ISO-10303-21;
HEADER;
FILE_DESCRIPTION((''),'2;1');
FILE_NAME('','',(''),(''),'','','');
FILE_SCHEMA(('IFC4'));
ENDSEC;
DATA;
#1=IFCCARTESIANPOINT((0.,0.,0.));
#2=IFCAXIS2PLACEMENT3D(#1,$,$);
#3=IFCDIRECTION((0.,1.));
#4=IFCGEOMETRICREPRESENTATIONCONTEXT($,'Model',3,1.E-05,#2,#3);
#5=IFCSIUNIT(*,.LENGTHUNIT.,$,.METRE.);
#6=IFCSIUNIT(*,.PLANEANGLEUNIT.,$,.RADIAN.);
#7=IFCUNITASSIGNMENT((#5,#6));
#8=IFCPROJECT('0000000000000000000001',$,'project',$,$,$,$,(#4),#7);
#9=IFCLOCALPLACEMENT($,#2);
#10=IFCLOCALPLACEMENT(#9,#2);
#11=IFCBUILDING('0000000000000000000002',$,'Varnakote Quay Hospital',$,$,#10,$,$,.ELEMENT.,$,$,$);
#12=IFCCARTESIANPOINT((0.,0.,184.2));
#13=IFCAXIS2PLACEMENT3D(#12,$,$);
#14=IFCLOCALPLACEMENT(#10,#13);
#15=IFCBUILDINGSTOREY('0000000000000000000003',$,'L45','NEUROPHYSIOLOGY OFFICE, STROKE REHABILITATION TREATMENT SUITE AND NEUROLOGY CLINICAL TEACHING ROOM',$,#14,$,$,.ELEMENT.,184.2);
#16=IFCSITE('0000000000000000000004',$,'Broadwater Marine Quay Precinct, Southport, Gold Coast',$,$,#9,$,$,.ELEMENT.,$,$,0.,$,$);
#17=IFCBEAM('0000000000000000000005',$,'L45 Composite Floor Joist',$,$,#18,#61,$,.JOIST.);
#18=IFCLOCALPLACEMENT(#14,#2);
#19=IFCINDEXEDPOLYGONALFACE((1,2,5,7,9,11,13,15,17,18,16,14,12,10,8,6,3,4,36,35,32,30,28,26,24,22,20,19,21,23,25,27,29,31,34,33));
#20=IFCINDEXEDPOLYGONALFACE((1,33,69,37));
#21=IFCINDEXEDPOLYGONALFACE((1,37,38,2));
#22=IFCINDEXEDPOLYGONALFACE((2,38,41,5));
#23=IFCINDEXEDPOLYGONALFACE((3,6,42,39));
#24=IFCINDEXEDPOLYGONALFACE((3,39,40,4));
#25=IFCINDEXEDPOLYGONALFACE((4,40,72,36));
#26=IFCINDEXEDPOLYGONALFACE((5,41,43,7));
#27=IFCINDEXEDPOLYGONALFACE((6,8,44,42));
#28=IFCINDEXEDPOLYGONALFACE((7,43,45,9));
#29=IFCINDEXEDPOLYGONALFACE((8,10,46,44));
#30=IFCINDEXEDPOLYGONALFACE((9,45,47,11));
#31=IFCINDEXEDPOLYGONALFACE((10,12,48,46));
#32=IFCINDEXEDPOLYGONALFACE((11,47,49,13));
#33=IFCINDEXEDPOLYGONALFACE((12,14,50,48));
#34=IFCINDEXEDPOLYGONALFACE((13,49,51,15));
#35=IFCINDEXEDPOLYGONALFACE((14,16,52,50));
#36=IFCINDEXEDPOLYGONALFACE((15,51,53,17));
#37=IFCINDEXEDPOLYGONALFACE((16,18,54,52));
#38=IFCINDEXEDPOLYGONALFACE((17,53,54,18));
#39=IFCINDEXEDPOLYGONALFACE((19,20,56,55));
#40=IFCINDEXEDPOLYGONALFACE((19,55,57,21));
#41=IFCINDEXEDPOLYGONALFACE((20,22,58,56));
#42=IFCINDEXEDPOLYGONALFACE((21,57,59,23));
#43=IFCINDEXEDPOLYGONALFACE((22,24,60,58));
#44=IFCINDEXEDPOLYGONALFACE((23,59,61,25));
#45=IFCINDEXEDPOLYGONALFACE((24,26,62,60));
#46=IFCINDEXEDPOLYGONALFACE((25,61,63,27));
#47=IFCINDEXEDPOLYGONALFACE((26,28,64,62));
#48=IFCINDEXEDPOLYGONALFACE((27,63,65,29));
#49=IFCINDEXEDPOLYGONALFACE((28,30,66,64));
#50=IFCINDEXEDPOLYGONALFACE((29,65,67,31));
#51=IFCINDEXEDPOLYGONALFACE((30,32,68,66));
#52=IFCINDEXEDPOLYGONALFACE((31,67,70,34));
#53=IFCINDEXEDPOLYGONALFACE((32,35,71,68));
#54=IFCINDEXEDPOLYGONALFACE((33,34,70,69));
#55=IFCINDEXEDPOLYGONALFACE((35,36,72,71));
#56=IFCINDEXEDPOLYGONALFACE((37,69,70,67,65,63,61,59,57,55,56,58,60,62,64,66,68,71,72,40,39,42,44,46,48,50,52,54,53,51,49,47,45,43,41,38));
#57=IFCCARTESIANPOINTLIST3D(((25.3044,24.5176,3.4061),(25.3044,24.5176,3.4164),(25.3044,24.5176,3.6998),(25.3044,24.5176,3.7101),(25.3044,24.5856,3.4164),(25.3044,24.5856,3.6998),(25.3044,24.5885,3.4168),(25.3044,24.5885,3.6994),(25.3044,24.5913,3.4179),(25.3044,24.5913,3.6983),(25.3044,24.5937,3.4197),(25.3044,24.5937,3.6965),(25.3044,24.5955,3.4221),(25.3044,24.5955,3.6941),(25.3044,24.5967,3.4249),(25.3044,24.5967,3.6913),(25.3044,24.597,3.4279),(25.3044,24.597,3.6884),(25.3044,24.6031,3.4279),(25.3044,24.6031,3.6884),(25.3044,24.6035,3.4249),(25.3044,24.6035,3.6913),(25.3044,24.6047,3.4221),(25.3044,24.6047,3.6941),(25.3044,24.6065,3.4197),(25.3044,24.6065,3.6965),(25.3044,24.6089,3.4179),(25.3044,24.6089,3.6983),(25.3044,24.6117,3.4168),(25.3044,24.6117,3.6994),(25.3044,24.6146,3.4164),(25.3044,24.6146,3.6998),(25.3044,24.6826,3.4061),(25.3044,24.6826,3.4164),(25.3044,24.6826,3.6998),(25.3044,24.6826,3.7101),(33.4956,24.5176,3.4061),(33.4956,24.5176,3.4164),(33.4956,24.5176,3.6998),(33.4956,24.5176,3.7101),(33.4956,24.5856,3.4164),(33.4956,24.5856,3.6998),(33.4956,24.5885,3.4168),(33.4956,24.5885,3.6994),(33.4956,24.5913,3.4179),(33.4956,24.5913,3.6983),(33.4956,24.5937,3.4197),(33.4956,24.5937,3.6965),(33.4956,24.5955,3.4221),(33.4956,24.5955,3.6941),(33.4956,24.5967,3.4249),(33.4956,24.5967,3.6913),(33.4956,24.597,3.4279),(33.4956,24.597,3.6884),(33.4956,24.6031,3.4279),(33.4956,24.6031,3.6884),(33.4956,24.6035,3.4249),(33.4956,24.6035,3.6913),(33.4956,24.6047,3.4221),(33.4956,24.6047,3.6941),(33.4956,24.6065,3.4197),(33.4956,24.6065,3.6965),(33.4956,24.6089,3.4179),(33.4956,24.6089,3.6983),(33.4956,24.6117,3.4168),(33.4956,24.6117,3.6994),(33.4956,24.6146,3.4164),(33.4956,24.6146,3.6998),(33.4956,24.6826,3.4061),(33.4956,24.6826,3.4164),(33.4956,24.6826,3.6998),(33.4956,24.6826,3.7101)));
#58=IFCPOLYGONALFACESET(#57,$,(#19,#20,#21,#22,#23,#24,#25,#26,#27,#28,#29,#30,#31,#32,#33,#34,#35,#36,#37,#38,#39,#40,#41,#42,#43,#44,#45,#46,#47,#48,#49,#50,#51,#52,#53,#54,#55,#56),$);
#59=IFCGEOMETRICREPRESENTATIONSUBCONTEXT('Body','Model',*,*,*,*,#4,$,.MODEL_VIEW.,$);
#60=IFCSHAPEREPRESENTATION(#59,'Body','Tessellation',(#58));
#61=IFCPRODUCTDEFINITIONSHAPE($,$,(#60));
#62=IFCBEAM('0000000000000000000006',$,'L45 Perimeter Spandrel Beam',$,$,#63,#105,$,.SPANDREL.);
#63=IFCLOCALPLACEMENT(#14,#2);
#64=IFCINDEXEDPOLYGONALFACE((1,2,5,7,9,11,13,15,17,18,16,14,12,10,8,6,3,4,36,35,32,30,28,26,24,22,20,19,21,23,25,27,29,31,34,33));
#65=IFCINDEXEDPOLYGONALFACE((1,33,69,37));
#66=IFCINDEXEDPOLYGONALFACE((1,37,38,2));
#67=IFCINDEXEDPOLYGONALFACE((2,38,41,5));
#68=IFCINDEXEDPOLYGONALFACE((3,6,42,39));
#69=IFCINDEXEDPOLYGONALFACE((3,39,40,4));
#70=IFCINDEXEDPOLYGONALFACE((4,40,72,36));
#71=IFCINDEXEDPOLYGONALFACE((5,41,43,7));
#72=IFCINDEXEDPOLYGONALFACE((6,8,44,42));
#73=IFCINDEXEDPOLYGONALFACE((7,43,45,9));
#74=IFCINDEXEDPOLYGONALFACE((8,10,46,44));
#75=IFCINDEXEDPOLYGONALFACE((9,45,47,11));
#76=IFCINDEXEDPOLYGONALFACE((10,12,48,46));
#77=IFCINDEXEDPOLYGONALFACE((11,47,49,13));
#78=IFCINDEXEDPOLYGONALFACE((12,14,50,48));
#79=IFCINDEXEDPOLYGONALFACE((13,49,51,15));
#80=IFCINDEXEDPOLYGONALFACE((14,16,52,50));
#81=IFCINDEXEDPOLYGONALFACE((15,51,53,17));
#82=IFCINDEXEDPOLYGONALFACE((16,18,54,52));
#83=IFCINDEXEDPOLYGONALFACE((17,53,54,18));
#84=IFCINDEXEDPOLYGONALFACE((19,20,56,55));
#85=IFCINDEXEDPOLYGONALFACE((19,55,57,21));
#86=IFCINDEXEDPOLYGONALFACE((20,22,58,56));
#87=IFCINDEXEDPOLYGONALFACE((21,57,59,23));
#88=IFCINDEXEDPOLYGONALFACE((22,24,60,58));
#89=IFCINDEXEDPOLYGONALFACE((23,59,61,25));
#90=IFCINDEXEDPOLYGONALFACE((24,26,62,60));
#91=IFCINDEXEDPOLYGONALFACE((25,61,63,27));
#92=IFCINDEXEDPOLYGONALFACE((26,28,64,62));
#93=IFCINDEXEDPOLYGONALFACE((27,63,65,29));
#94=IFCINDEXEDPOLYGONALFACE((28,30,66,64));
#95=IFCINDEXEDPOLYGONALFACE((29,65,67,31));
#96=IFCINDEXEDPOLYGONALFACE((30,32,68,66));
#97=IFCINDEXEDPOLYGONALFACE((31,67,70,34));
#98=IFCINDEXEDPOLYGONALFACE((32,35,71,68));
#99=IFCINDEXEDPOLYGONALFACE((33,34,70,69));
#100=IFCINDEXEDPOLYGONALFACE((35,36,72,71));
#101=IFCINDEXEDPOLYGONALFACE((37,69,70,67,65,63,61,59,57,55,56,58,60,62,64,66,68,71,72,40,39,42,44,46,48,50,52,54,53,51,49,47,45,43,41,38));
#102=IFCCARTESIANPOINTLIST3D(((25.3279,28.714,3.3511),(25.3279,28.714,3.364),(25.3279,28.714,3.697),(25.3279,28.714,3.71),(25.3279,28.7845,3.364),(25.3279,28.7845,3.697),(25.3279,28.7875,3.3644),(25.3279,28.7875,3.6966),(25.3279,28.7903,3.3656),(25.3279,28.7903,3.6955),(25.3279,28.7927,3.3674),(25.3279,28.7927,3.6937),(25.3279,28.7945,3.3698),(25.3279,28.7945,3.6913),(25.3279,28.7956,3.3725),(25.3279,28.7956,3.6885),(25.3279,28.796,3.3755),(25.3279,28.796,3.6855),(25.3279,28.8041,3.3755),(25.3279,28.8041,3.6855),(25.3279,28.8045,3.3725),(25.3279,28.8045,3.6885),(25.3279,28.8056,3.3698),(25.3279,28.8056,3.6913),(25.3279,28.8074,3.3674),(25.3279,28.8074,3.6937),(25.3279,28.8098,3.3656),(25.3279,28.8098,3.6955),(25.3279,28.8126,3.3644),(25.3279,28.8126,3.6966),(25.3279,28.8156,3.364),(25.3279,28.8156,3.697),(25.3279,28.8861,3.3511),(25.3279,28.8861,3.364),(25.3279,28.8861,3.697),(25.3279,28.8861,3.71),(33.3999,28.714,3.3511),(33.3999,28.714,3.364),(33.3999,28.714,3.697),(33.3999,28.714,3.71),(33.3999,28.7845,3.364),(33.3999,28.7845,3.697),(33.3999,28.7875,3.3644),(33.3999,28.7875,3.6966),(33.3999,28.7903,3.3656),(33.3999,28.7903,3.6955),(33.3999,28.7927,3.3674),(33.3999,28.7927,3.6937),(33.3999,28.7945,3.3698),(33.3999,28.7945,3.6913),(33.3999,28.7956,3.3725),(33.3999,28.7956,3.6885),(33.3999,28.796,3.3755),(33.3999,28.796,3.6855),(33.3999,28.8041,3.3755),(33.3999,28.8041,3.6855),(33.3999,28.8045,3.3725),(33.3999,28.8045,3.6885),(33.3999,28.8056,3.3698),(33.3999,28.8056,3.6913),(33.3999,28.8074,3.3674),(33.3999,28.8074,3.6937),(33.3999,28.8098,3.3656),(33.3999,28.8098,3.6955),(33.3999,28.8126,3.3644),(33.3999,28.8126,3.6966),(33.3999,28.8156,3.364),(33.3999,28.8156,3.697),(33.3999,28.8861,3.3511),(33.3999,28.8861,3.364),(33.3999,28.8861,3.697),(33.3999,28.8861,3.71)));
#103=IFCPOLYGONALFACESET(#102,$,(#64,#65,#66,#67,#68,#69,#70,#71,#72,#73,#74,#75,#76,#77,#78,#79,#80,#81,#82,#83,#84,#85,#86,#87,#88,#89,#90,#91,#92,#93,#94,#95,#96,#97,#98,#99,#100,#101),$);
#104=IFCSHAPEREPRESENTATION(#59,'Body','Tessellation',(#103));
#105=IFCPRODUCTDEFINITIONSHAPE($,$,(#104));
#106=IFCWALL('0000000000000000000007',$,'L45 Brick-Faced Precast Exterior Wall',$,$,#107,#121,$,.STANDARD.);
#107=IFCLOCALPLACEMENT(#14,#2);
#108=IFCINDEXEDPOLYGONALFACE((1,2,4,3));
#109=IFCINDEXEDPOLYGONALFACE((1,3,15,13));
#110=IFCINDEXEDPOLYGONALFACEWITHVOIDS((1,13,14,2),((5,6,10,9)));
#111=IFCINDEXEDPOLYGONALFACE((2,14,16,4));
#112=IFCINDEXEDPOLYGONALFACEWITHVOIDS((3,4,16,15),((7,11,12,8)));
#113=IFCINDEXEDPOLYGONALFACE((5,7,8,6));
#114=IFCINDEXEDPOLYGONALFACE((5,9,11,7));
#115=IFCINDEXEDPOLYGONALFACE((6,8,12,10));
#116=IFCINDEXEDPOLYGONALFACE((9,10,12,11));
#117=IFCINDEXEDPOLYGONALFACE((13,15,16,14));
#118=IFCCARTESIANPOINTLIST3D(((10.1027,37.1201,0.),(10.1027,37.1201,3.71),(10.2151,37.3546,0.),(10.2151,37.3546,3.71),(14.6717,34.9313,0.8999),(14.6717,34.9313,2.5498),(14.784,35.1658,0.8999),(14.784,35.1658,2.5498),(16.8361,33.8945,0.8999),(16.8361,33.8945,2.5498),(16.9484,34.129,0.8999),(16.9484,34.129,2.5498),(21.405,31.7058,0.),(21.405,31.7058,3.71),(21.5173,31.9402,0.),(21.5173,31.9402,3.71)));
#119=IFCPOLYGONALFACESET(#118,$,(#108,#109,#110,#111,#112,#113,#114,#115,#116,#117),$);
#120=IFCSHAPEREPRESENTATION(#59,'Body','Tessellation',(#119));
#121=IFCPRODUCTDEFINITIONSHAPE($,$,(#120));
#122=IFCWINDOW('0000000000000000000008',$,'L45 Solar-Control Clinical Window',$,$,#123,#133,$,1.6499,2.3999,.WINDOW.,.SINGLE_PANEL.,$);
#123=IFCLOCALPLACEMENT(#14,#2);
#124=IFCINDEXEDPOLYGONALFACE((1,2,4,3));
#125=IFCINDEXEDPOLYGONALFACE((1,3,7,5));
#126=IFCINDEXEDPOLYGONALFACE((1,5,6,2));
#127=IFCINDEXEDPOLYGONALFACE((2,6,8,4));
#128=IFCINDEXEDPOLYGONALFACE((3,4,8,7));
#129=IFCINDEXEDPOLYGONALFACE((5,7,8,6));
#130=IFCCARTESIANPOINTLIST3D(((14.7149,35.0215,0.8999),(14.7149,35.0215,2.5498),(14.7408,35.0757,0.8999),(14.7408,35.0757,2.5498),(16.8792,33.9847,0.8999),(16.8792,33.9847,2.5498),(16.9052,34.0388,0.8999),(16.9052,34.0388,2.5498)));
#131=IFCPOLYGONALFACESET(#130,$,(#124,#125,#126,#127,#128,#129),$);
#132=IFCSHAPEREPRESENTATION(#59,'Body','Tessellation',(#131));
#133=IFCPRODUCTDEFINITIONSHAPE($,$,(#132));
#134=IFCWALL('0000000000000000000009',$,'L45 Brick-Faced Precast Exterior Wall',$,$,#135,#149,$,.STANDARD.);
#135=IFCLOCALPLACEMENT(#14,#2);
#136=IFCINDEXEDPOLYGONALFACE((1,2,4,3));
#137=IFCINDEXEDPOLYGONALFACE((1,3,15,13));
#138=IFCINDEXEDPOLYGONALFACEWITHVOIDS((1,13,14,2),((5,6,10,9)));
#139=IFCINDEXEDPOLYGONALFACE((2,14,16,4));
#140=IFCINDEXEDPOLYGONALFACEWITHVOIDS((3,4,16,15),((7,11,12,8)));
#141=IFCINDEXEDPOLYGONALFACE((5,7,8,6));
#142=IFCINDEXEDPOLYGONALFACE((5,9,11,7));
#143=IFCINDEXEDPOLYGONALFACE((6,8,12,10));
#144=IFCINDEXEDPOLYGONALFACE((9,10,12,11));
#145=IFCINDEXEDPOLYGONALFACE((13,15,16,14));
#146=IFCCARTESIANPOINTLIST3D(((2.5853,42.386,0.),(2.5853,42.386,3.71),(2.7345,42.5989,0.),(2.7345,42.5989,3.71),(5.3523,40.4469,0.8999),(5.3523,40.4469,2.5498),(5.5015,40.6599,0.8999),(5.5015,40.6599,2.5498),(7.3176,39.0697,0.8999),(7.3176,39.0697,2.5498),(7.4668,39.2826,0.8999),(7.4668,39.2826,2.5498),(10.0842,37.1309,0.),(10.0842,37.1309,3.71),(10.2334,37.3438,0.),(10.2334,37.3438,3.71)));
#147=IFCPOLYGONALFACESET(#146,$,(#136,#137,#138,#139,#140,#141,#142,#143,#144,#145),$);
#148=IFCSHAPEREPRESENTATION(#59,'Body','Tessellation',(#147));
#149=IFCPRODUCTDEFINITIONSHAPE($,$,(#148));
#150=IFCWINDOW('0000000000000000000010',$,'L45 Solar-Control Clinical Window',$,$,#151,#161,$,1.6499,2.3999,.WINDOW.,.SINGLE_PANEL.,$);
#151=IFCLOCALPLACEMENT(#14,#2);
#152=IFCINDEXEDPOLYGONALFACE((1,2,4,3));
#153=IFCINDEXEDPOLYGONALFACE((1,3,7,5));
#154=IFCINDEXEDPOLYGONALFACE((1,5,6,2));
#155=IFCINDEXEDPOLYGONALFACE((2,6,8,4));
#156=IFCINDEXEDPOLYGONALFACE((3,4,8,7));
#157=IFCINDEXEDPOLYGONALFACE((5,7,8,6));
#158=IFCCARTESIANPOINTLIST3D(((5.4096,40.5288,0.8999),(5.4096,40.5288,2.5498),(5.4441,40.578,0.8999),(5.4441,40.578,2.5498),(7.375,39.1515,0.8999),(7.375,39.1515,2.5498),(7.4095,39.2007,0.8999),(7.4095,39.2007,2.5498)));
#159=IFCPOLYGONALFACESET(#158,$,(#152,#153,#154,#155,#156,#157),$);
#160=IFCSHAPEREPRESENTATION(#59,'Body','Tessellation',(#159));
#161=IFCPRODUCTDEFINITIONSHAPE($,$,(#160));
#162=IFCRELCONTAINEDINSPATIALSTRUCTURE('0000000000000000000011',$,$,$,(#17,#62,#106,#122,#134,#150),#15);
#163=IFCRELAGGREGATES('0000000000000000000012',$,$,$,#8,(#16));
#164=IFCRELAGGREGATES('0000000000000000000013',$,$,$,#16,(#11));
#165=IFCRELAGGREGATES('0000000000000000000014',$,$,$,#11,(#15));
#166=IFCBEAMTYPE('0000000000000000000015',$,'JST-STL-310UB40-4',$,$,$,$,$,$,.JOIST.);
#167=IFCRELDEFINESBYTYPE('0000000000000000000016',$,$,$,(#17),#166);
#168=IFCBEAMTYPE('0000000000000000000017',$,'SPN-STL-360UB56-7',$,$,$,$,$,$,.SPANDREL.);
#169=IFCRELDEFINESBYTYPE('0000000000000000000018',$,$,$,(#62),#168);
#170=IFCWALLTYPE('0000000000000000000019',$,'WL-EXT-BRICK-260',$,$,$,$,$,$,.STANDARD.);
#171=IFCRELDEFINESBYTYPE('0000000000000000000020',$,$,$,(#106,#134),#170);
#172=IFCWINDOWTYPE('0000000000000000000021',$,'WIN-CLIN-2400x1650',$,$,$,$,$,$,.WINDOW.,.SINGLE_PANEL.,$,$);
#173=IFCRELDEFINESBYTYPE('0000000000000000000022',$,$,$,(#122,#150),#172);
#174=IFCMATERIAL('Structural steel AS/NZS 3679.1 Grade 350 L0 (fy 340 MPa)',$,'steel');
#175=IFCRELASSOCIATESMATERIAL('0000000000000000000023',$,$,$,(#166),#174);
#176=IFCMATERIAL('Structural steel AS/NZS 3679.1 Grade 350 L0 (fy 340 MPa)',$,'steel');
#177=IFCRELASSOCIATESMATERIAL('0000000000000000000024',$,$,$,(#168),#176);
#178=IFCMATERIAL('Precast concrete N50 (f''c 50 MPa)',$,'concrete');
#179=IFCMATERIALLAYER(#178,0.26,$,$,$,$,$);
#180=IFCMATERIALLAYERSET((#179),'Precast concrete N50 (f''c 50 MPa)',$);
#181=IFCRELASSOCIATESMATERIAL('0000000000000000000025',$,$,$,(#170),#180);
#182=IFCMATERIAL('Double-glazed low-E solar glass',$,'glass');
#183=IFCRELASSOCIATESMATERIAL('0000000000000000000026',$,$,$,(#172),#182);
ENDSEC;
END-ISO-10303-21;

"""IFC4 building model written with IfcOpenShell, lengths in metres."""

from ifc_helpers import new_model, si_unit, direction, frame, frame_2d, origin, origin_2d, place, context, subcontext, project, spatial, rectangle, i_section, extrude, material, layer, layer_set, material_profile, profile_set, type_object, element, fill, save


model = new_model("IFC4")

# Units and contexts
model_context = context("Model", 3, precision=1e-05, world=origin(), true_north=direction((0.0, 1.0)))
body_context = subcontext(model_context, "Body", "Model", "MODEL_VIEW")
ifc_project = project(units=[si_unit("LENGTHUNIT", "METRE"), si_unit("PLANEANGLEUNIT", "RADIAN")], contexts=[model_context])

# Site, building, storey
site_placement = place(None, origin())
site = spatial("IfcSite", under=ifc_project, at=site_placement, Name="Broadwater Marine Quay Precinct, Southport, Gold Coast", CompositionType="ELEMENT", RefElevation=0.0)
building_placement = place(site_placement, origin())
building = spatial("IfcBuilding", under=site, at=building_placement, Name="Varnakote Quay Hospital", CompositionType="ELEMENT")
storey_placement = place(building_placement, frame((0.0, 0.0, 184.2)))
storey = spatial("IfcBuildingStorey", under=building, at=storey_placement, Name="L45", Description="NEUROPHYSIOLOGY OFFICE, STROKE REHABILITATION TREATMENT SUITE AND NEUROLOGY CLINICAL TEACHING ROOM", CompositionType="ELEMENT", Elevation=184.2)

# Beams
ifc_material_1 = material(Name="Structural steel AS/NZS 3679.1 Grade 350 L0 (fy 340 MPa)", Category="steel")
ifc_material_profile_1 = material_profile(ifc_material_1, i_section(OverallWidth=0.165, OverallDepth=0.304, WebThickness=0.0061, FlangeThickness=0.0103, FilletRadius=0.0115, at=origin_2d()), Name="310UB40.4")
ifc_profile_set_1 = profile_set([ifc_material_profile_1], Name="Structural steel AS/NZS 3679.1 Grade 350 L0 (fy 340 MPa)")
beam_type_1 = type_object("IfcBeamType", Name="JST-STL-310UB40-4", PredefinedType="JOIST", material=ifc_profile_set_1)
beam_1_placement = place(storey_placement, frame((25.3044, 24.6001, 3.5581), z_axis=(1.0, 0.0, 0.0), x_axis=(0.0, 1.0, 0.0)))
element("IfcBeam", 1, at=beam_1_placement, inside=storey, type_object=beam_type_1, Name="L45 Composite Floor Joist", PredefinedType="JOIST", context=body_context, shape_type="SweptSolid", body=[
    extrude(i_section(OverallWidth=0.165, OverallDepth=0.304, WebThickness=0.0061, FlangeThickness=0.0103, FilletRadius=0.0115, at=origin_2d()), origin(), (0.0, 0.0, 1.0), 8.1912),
])
ifc_material_2 = material(Name="Structural steel AS/NZS 3679.1 Grade 350 L0 (fy 340 MPa)", Category="steel")
ifc_material_profile_2 = material_profile(ifc_material_2, i_section(OverallWidth=0.1721, OverallDepth=0.3589, WebThickness=0.0081, FlangeThickness=0.0129, FilletRadius=0.0115, at=origin_2d()), Name="360UB56.7")
ifc_profile_set_2 = profile_set([ifc_material_profile_2], Name="Structural steel AS/NZS 3679.1 Grade 350 L0 (fy 340 MPa)")
beam_type_2 = type_object("IfcBeamType", Name="SPN-STL-360UB56-7", PredefinedType="SPANDREL", material=ifc_profile_set_2)
beam_2_placement = place(storey_placement, frame((25.3279, 28.8, 3.5305), z_axis=(1.0, 0.0, 0.0), x_axis=(0.0, 1.0, 0.0)))
element("IfcBeam", 2, at=beam_2_placement, inside=storey, type_object=beam_type_2, Name="L45 Perimeter Spandrel Beam", PredefinedType="SPANDREL", context=body_context, shape_type="SweptSolid", body=[
    extrude(i_section(OverallWidth=0.1721, OverallDepth=0.3589, WebThickness=0.0081, FlangeThickness=0.0129, FilletRadius=0.0115, at=origin_2d()), origin(), (0.0, 0.0, 1.0), 8.072),
])

# Walls, openings, windows
ifc_material_3 = material(Name="Precast concrete N50 (f'c 50 MPa)", Category="concrete")
ifc_layer_1 = layer(ifc_material_3, 0.26)
ifc_layer_set_1 = layer_set([ifc_layer_1], Name="Precast concrete N50 (f'c 50 MPa)")
wall_type_1 = type_object("IfcWallType", Name="WL-EXT-BRICK-260", PredefinedType="STANDARD", material=ifc_layer_set_1)
wall_1_placement = place(storey_placement, frame((21.4612, 31.823, 0.0), z_axis=(0.0, 0.0, 1.0), x_axis=(-0.901858, 0.432032, 0.0)))
wall_1 = element("IfcWall", 3, at=wall_1_placement, inside=storey, type_object=wall_type_1, Name="L45 Brick-Faced Precast Exterior Wall", PredefinedType="STANDARD", context=body_context, shape_type="SweptSolid", body=[
    extrude(rectangle(XDim=12.5322, YDim=0.26, at=frame_2d((6.2661, 0.0))), origin(), (0.0, 0.0, 1.0), 3.71),
])
opening_1_placement = place(wall_1_placement, frame((5.0662, 0.0, 0.8999)))
opening_1 = element("IfcOpeningElement", 4, at=opening_1_placement, cuts=wall_1, PredefinedType="OPENING", context=body_context, shape_type="SweptSolid", body=[
    extrude(rectangle(XDim=2.3999, YDim=1.6499, at=frame_2d((1.2, 0.825))), frame((0.0, 0.1399, 0.0), z_axis=(0.0, -1.0, 0.0), x_axis=(1.0, 0.0, 0.0)), (0.0, 0.0, 1.0), 0.28),
])
ifc_material_4 = material(Name="Double-glazed low-E solar glass", Category="glass")
window_type = type_object("IfcWindowType", Name="WIN-CLIN-2400x1650", PartitioningType="SINGLE_PANEL", PredefinedType="WINDOW", material=ifc_material_4)
window_1_placement = place(opening_1_placement, origin())
window_1 = element("IfcWindow", 5, at=window_1_placement, inside=storey, type_object=window_type, Name="L45 Solar-Control Clinical Window", OverallHeight=1.6499, OverallWidth=2.3999, PartitioningType="SINGLE_PANEL", PredefinedType="WINDOW", context=body_context, shape_type="SweptSolid", body=[
    extrude(rectangle(XDim=2.3999, YDim=1.6499, at=frame_2d((1.2, 0.825))), frame((0.0, 0.03, 0.0), z_axis=(0.0, -1.0, 0.0), x_axis=(1.0, 0.0, 0.0)), (0.0, 0.0, 1.0), 0.0601),
])
fill(opening_1, window_1)
wall_2_placement = place(storey_placement, frame((10.1589, 37.2373, 0.0), z_axis=(0.0, 0.0, 1.0), x_axis=(-0.818934, 0.573888, 0.0)))
wall_2 = element("IfcWall", 6, at=wall_2_placement, inside=storey, type_object=wall_type_1, Name="L45 Brick-Faced Precast Exterior Wall", PredefinedType="STANDARD", context=body_context, shape_type="SweptSolid", body=[
    extrude(rectangle(XDim=9.157, YDim=0.26, at=frame_2d((4.5786, 0.0))), origin(), (0.0, 0.0, 1.0), 3.71),
])
opening_2_placement = place(wall_2_placement, frame((3.3784, 0.0, 0.8999)))
opening_2 = element("IfcOpeningElement", 7, at=opening_2_placement, cuts=wall_2, PredefinedType="OPENING", context=body_context, shape_type="SweptSolid", body=[
    extrude(rectangle(XDim=2.3999, YDim=1.6499, at=frame_2d((1.2, 0.825))), frame((0.0, 0.1399, 0.0), z_axis=(0.0, -1.0, 0.0), x_axis=(1.0, 0.0, 0.0)), (0.0, 0.0, 1.0), 0.28),
])
window_2_placement = place(opening_2_placement, origin())
window_2 = element("IfcWindow", 8, at=window_2_placement, inside=storey, type_object=window_type, Name="L45 Solar-Control Clinical Window", OverallHeight=1.6499, OverallWidth=2.3999, PartitioningType="SINGLE_PANEL", PredefinedType="WINDOW", context=body_context, shape_type="SweptSolid", body=[
    extrude(rectangle(XDim=2.3999, YDim=1.6499, at=frame_2d((1.2, 0.825))), frame((0.0, 0.03, 0.0), z_axis=(0.0, -1.0, 0.0), x_axis=(1.0, 0.0, 0.0)), (0.0, 0.0, 1.0), 0.0601),
])
fill(opening_2, window_2)

save(model, "model.ifc")
